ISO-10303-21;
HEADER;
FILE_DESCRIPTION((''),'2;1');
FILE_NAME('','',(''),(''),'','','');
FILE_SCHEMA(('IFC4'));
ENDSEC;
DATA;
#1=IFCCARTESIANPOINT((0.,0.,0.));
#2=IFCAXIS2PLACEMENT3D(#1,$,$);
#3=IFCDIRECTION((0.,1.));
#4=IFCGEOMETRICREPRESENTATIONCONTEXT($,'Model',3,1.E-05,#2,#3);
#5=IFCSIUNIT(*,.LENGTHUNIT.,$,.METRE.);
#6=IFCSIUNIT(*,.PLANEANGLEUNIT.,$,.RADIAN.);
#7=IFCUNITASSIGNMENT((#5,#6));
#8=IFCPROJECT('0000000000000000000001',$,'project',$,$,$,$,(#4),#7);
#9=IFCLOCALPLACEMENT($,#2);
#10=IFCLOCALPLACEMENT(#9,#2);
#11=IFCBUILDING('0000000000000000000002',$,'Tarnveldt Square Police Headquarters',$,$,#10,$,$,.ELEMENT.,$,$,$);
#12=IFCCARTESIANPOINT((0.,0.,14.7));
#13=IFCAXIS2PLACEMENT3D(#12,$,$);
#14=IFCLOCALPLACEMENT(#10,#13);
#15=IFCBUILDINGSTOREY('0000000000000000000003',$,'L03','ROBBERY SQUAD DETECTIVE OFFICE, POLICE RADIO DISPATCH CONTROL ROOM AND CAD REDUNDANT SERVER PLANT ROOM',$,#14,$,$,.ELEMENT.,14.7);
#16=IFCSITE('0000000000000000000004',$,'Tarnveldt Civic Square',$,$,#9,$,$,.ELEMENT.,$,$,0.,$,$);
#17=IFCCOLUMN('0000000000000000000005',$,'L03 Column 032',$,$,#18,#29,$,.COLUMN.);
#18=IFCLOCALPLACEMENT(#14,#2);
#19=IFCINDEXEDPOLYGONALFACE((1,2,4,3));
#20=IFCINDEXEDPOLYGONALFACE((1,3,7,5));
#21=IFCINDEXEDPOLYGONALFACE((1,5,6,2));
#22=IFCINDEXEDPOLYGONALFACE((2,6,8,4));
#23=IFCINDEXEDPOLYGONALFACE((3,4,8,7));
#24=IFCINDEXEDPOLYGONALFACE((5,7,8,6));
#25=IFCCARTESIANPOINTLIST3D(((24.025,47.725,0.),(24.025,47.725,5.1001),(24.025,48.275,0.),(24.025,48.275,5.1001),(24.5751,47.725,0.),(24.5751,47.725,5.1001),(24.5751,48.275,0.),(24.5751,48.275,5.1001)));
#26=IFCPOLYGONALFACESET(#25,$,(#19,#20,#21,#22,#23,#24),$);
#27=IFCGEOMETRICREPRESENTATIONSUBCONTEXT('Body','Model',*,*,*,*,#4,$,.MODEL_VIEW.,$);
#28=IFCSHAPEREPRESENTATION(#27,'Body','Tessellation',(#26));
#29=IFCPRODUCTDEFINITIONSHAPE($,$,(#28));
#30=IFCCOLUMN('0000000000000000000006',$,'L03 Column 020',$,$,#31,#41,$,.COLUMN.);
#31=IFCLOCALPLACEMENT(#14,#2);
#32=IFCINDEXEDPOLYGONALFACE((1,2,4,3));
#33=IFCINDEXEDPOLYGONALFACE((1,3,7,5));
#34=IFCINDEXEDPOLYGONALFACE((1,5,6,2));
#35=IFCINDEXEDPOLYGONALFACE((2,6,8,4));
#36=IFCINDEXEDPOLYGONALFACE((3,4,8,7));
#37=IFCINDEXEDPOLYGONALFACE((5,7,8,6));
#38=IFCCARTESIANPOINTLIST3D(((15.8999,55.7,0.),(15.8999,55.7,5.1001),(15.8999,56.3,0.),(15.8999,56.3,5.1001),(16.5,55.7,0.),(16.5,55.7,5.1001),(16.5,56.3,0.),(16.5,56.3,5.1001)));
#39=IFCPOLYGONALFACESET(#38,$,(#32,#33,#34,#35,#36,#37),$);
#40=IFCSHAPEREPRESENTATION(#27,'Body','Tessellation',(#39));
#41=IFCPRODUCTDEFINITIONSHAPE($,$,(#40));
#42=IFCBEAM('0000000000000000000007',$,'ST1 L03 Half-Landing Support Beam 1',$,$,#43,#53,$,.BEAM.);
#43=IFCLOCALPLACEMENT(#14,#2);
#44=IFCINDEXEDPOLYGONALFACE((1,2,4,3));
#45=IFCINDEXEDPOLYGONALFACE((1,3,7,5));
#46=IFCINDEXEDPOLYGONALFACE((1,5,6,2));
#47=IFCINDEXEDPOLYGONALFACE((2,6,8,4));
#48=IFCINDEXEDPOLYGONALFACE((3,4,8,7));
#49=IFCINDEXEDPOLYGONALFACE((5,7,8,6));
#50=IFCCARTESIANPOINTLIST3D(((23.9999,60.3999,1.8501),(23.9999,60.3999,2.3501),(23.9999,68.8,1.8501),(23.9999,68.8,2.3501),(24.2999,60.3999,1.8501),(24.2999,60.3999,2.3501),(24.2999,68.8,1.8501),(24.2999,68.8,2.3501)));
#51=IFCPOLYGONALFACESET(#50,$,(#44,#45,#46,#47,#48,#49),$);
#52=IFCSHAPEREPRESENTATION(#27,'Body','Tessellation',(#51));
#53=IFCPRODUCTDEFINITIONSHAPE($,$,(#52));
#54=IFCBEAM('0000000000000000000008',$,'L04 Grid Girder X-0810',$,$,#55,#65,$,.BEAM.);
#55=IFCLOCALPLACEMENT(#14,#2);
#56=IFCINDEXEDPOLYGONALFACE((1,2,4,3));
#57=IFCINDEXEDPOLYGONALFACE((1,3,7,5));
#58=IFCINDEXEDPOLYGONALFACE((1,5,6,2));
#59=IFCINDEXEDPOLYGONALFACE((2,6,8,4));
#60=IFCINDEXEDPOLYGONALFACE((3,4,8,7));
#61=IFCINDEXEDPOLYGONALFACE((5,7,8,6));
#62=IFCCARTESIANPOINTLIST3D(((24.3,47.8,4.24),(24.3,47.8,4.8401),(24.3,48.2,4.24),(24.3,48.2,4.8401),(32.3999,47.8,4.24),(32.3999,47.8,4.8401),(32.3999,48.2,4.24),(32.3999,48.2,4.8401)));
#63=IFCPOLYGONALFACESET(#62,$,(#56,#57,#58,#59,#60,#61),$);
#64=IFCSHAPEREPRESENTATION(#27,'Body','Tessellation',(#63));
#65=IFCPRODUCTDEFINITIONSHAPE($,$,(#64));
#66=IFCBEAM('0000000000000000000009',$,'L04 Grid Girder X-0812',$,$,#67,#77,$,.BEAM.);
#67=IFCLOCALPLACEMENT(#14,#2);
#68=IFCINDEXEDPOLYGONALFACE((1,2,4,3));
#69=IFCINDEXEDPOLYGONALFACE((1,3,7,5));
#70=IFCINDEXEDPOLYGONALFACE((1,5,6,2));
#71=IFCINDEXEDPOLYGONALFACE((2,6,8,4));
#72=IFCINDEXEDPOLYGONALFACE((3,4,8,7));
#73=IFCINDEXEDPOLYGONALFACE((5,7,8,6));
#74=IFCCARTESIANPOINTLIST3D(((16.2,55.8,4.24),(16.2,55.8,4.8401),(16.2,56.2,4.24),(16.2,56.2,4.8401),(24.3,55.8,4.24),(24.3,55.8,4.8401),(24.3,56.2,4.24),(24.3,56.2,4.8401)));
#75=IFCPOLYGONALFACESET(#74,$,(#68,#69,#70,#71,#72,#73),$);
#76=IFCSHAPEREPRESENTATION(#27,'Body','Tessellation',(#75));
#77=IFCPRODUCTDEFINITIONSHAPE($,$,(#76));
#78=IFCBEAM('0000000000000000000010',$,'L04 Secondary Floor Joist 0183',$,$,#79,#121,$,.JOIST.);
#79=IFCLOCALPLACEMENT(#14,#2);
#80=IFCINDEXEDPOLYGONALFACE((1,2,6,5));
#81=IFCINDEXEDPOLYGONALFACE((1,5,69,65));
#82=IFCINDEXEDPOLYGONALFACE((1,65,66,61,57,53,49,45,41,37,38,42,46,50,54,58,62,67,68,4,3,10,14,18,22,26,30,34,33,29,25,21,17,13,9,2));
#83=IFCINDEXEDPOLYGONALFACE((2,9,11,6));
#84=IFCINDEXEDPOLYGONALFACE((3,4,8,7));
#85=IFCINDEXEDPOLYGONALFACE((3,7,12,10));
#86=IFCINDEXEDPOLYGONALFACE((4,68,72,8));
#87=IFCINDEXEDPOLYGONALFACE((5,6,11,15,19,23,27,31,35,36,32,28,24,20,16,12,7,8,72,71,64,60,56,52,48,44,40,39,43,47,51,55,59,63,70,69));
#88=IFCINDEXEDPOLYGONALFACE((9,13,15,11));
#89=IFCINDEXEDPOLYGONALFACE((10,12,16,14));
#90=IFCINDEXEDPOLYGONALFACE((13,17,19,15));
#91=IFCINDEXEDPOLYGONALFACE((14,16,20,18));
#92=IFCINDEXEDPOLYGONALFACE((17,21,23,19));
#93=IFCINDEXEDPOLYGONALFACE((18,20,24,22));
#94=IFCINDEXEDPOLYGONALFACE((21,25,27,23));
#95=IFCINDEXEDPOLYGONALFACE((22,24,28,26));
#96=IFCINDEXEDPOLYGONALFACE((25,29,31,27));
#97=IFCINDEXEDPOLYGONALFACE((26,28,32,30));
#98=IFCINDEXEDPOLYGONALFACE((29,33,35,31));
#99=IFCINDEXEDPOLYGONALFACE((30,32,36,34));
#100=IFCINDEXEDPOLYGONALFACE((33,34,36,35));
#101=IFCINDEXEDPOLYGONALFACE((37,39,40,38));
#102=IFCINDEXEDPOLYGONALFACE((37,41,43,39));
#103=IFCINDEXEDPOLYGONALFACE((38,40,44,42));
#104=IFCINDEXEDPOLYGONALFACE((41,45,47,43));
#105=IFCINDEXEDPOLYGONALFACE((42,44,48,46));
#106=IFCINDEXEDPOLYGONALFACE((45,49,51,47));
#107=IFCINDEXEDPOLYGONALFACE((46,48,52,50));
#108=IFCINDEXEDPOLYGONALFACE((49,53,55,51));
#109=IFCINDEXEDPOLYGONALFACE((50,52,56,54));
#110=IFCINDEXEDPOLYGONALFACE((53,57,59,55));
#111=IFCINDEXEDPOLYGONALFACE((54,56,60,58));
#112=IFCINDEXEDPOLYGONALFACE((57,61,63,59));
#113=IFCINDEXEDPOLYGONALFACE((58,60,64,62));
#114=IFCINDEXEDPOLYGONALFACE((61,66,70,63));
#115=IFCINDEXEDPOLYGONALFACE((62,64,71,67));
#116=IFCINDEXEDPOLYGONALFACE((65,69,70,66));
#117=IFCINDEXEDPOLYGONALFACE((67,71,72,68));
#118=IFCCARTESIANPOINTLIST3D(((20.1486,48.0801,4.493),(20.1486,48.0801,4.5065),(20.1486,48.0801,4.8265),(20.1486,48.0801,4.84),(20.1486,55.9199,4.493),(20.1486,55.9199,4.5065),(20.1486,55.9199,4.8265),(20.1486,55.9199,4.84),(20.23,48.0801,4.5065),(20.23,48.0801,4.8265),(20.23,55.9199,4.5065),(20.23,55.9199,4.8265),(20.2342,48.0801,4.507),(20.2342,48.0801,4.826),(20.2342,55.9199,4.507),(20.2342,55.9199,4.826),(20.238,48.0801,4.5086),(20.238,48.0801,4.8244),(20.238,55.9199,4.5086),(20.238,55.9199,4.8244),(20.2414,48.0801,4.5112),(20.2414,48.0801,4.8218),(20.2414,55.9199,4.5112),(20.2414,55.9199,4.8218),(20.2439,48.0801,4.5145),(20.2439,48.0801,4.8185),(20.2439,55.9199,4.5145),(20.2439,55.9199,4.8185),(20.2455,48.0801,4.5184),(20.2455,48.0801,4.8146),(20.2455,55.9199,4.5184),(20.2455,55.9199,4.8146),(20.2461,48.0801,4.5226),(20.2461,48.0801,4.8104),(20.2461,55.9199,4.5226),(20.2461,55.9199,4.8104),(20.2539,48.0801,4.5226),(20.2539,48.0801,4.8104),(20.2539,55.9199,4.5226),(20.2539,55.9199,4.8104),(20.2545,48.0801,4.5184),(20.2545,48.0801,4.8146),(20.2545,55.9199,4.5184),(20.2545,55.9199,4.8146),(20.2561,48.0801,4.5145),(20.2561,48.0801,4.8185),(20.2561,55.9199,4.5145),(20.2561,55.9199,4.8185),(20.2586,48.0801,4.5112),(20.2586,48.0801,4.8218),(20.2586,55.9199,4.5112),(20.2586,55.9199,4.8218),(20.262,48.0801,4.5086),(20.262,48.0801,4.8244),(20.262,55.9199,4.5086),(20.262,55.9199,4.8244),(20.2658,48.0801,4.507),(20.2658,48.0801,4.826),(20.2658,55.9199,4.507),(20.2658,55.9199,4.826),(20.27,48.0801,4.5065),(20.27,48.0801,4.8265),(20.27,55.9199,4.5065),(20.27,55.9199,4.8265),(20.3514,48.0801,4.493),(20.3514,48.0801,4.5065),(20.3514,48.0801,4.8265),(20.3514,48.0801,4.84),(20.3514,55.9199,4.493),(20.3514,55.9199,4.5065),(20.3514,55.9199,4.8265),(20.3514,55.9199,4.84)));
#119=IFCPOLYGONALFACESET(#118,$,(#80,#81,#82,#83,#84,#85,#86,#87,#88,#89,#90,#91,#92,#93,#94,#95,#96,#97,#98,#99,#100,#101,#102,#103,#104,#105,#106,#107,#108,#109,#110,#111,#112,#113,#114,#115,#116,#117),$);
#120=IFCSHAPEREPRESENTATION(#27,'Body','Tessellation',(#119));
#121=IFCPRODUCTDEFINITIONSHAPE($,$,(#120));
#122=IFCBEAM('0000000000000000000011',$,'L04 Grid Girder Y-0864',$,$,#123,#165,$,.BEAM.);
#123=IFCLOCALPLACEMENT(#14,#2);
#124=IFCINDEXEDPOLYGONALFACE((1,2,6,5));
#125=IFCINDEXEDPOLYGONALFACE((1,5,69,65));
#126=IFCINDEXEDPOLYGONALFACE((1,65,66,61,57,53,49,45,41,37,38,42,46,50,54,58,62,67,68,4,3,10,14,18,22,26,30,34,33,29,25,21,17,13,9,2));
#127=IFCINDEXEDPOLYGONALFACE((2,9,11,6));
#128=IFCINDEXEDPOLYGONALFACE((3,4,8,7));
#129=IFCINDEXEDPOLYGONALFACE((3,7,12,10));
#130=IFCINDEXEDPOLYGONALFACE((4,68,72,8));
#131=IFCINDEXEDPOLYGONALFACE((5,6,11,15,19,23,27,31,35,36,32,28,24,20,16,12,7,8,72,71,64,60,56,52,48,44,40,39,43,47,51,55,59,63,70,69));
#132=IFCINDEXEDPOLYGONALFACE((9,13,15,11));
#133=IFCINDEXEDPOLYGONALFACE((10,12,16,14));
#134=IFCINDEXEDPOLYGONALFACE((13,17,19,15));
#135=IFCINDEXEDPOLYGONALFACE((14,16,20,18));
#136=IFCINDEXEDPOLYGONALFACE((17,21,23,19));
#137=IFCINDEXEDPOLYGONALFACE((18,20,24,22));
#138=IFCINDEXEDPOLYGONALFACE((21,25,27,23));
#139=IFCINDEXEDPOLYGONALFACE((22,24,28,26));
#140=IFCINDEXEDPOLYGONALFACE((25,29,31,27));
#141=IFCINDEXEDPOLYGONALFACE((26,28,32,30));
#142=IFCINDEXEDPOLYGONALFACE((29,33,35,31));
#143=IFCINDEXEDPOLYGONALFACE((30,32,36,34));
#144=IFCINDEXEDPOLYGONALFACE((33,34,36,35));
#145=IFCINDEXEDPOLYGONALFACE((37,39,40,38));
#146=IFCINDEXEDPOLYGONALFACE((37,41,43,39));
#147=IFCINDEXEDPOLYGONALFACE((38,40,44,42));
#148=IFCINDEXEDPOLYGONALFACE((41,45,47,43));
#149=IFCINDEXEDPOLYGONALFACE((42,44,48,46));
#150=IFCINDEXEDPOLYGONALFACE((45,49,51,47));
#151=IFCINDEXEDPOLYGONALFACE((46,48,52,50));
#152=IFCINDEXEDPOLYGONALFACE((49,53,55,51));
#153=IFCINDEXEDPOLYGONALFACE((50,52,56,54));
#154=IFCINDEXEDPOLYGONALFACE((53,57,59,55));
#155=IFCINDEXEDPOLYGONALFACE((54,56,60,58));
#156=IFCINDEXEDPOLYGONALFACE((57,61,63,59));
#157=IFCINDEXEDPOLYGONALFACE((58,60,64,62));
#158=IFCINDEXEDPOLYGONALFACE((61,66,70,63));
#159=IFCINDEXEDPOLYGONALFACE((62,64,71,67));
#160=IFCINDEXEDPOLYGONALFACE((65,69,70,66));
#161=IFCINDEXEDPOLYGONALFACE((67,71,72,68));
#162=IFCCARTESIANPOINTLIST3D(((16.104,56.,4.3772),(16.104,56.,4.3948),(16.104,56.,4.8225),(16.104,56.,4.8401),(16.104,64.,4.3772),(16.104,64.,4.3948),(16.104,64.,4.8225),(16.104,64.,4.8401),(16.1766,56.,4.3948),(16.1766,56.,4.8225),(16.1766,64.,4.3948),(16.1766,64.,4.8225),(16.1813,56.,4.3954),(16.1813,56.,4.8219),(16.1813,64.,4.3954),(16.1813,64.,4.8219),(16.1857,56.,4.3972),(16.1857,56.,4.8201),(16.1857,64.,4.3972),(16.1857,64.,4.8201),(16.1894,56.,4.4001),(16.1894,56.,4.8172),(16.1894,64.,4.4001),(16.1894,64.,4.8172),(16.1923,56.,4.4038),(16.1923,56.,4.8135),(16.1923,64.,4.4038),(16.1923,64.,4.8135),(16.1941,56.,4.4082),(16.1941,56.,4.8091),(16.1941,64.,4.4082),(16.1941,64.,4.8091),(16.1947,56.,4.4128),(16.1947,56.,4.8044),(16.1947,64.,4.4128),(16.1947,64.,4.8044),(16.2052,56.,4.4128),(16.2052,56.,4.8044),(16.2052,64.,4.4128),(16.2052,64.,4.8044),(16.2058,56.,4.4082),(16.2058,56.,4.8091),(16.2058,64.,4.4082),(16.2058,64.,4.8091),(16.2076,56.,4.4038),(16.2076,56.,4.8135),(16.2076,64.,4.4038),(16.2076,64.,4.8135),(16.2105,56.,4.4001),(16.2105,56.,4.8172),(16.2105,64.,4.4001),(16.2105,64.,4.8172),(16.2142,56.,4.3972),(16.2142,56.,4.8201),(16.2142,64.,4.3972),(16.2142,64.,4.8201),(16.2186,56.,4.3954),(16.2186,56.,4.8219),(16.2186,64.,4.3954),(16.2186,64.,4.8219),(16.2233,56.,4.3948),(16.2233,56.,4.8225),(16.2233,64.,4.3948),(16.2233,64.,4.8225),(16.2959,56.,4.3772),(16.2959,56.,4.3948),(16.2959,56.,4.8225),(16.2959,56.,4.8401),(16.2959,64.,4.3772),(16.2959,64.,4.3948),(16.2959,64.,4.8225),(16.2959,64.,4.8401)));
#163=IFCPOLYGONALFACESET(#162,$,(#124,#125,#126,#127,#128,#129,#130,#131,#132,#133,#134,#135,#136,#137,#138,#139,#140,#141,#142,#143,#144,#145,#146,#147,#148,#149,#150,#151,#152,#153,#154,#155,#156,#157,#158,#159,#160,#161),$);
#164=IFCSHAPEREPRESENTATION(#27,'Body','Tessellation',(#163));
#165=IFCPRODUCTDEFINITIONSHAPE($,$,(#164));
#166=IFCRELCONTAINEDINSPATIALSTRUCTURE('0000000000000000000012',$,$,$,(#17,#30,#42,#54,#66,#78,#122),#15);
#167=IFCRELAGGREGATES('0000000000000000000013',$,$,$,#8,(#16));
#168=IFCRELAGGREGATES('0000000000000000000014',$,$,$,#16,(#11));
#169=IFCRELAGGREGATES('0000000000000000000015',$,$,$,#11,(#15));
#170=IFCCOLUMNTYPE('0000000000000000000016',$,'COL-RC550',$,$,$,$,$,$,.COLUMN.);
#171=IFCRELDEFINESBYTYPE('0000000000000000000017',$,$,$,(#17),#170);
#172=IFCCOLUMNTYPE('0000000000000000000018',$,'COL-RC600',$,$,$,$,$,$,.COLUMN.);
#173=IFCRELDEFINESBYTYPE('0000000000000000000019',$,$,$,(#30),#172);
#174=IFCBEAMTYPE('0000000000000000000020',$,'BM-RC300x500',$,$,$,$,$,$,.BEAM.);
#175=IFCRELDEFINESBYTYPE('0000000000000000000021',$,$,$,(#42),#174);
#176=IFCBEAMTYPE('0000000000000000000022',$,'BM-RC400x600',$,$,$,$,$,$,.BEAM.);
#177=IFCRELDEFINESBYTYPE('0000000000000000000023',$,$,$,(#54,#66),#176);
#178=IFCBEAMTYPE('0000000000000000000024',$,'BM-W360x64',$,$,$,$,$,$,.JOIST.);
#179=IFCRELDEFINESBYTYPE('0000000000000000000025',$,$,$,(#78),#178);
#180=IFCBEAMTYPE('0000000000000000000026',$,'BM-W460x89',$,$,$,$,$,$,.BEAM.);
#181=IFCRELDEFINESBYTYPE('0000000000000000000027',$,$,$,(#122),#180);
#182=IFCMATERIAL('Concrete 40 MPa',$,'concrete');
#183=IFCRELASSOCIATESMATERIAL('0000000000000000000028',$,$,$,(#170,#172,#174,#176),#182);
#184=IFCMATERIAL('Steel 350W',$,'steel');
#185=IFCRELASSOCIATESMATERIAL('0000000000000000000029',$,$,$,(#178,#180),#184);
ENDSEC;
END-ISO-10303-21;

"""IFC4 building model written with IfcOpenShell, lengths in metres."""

from ifc_helpers import new_model, si_unit, direction, frame, origin, origin_2d, place, context, subcontext, project, spatial, rectangle, i_section, extrude, material, material_profile, profile_set, type_object, element, save


model = new_model("IFC4")

# Units and contexts
model_context = context("Model", 3, precision=1e-05, world=origin(), true_north=direction((0.0, 1.0)))
body_context = subcontext(model_context, "Body", "Model", "MODEL_VIEW")
ifc_project = project(units=[si_unit("LENGTHUNIT", "METRE"), si_unit("PLANEANGLEUNIT", "RADIAN")], contexts=[model_context])

# Site, building, storey
site_placement = place(None, origin())
site = spatial("IfcSite", under=ifc_project, at=site_placement, Name="Tarnveldt Civic Square", CompositionType="ELEMENT", RefElevation=0.0)
building_placement = place(site_placement, origin())
building = spatial("IfcBuilding", under=site, at=building_placement, Name="Tarnveldt Square Police Headquarters", CompositionType="ELEMENT")
storey_placement = place(building_placement, frame((0.0, 0.0, 14.7)))
storey = spatial("IfcBuildingStorey", under=building, at=storey_placement, Name="L03", Description="ROBBERY SQUAD DETECTIVE OFFICE, POLICE RADIO DISPATCH CONTROL ROOM AND CAD REDUNDANT SERVER PLANT ROOM", CompositionType="ELEMENT", Elevation=14.7)

# Columns
ifc_material_1 = material(Name="Concrete 40 MPa", Category="concrete")
ifc_material_profile_1 = material_profile(ifc_material_1, rectangle(XDim=0.55, YDim=0.55, at=origin_2d()), Name="RC-C550x550")
ifc_profile_set_1 = profile_set([ifc_material_profile_1], Name="Concrete 40 MPa")
column_type_1 = type_object("IfcColumnType", Name="COL-RC550", PredefinedType="COLUMN", material=ifc_profile_set_1)
column_1_placement = place(storey_placement, frame((24.3, 48.0, 0.0), z_axis=(0.0, 0.0, 1.0), x_axis=(1.0, 0.0, 0.0)))
element("IfcColumn", 1, at=column_1_placement, inside=storey, type_object=column_type_1, Name="L03 Column 032", PredefinedType="COLUMN", context=body_context, shape_type="SweptSolid", body=[
    extrude(rectangle(XDim=0.55, YDim=0.55, at=origin_2d()), origin(), (0.0, 0.0, 1.0), 5.1001),
])
ifc_material_profile_2 = material_profile(ifc_material_1, rectangle(XDim=0.6001, YDim=0.6001, at=origin_2d()), Name="RC-C600x600")
ifc_profile_set_2 = profile_set([ifc_material_profile_2], Name="Concrete 40 MPa")
column_type_2 = type_object("IfcColumnType", Name="COL-RC600", PredefinedType="COLUMN", material=ifc_profile_set_2)
column_2_placement = place(storey_placement, frame((16.2, 56.0, 0.0), z_axis=(0.0, 0.0, 1.0), x_axis=(1.0, 0.0, 0.0)))
element("IfcColumn", 2, at=column_2_placement, inside=storey, type_object=column_type_2, Name="L03 Column 020", PredefinedType="COLUMN", context=body_context, shape_type="SweptSolid", body=[
    extrude(rectangle(XDim=0.6001, YDim=0.6001, at=origin_2d()), origin(), (0.0, 0.0, 1.0), 5.1001),
])

# Beams
ifc_material_profile_3 = material_profile(ifc_material_1, rectangle(XDim=0.3, YDim=0.5, at=origin_2d()), Name="RC-B300x500")
ifc_profile_set_3 = profile_set([ifc_material_profile_3], Name="Concrete 40 MPa")
beam_type_1 = type_object("IfcBeamType", Name="BM-RC300x500", PredefinedType="BEAM", material=ifc_profile_set_3)
beam_1_placement = place(storey_placement, frame((24.1499, 60.3999, 2.1001), z_axis=(0.0, 1.0, 0.0), x_axis=(-1.0, 0.0, 0.0)))
element("IfcBeam", 3, at=beam_1_placement, inside=storey, type_object=beam_type_1, Name="ST1 L03 Half-Landing Support Beam 1", PredefinedType="BEAM", context=body_context, shape_type="SweptSolid", body=[
    extrude(rectangle(XDim=0.3, YDim=0.5, at=origin_2d()), origin(), (0.0, 0.0, 1.0), 8.4001),
])
ifc_material_profile_4 = material_profile(ifc_material_1, rectangle(XDim=0.3999, YDim=0.6001, at=origin_2d()), Name="RC-B400x600")
ifc_profile_set_4 = profile_set([ifc_material_profile_4], Name="Concrete 40 MPa")
beam_type_2 = type_object("IfcBeamType", Name="BM-RC400x600", PredefinedType="BEAM", material=ifc_profile_set_4)
beam_2_placement = place(storey_placement, frame((24.3, 48.0, 4.54), z_axis=(1.0, 0.0, 0.0), x_axis=(0.0, 1.0, 0.0)))
element("IfcBeam", 4, at=beam_2_placement, inside=storey, type_object=beam_type_2, Name="L04 Grid Girder X-0810", PredefinedType="BEAM", context=body_context, shape_type="SweptSolid", body=[
    extrude(rectangle(XDim=0.3999, YDim=0.6001, at=origin_2d()), origin(), (0.0, 0.0, 1.0), 8.0999),
])
beam_3_placement = place(storey_placement, frame((16.2, 56.0, 4.54), z_axis=(1.0, 0.0, 0.0), x_axis=(0.0, 1.0, 0.0)))
element("IfcBeam", 5, at=beam_3_placement, inside=storey, type_object=beam_type_2, Name="L04 Grid Girder X-0812", PredefinedType="BEAM", context=body_context, shape_type="SweptSolid", body=[
    extrude(rectangle(XDim=0.3999, YDim=0.6001, at=origin_2d()), origin(), (0.0, 0.0, 1.0), 8.1001),
])
ifc_material_2 = material(Name="Steel 350W", Category="steel")
ifc_material_profile_5 = material_profile(ifc_material_2, i_section(OverallWidth=0.2029, OverallDepth=0.3469, WebThickness=0.0078, FlangeThickness=0.0134, FilletRadius=0.0161, at=origin_2d()), Name="W360x64")
ifc_profile_set_5 = profile_set([ifc_material_profile_5], Name="Steel 350W")
beam_type_3 = type_object("IfcBeamType", Name="BM-W360x64", PredefinedType="JOIST", material=ifc_profile_set_5)
beam_4_placement = place(storey_placement, frame((20.25, 48.0801, 4.6665), z_axis=(0.0, 1.0, 0.0), x_axis=(-1.0, 0.0, 0.0)))
element("IfcBeam", 6, at=beam_4_placement, inside=storey, type_object=beam_type_3, Name="L04 Secondary Floor Joist 0183", PredefinedType="JOIST", context=body_context, shape_type="SweptSolid", body=[
    extrude(i_section(OverallWidth=0.2029, OverallDepth=0.3469, WebThickness=0.0078, FlangeThickness=0.0134, FilletRadius=0.0161, at=origin_2d()), origin(), (0.0, 0.0, 1.0), 7.8398),
])
ifc_material_profile_6 = material_profile(ifc_material_2, i_section(OverallWidth=0.1919, OverallDepth=0.4629, WebThickness=0.0105, FlangeThickness=0.0176, FilletRadius=0.0181, at=origin_2d()), Name="W460x89")
ifc_profile_set_6 = profile_set([ifc_material_profile_6], Name="Steel 350W")
beam_type_4 = type_object("IfcBeamType", Name="BM-W460x89", PredefinedType="BEAM", material=ifc_profile_set_6)
beam_5_placement = place(storey_placement, frame((16.2, 56.0, 4.6086), z_axis=(0.0, 1.0, 0.0), x_axis=(-1.0, 0.0, 0.0)))
element("IfcBeam", 7, at=beam_5_placement, inside=storey, type_object=beam_type_4, Name="L04 Grid Girder Y-0864", PredefinedType="BEAM", context=body_context, shape_type="SweptSolid", body=[
    extrude(i_section(OverallWidth=0.1919, OverallDepth=0.4629, WebThickness=0.0105, FlangeThickness=0.0176, FilletRadius=0.0181, at=origin_2d()), origin(), (0.0, 0.0, 1.0), 8.0),
])

save(model, "model.ifc")
